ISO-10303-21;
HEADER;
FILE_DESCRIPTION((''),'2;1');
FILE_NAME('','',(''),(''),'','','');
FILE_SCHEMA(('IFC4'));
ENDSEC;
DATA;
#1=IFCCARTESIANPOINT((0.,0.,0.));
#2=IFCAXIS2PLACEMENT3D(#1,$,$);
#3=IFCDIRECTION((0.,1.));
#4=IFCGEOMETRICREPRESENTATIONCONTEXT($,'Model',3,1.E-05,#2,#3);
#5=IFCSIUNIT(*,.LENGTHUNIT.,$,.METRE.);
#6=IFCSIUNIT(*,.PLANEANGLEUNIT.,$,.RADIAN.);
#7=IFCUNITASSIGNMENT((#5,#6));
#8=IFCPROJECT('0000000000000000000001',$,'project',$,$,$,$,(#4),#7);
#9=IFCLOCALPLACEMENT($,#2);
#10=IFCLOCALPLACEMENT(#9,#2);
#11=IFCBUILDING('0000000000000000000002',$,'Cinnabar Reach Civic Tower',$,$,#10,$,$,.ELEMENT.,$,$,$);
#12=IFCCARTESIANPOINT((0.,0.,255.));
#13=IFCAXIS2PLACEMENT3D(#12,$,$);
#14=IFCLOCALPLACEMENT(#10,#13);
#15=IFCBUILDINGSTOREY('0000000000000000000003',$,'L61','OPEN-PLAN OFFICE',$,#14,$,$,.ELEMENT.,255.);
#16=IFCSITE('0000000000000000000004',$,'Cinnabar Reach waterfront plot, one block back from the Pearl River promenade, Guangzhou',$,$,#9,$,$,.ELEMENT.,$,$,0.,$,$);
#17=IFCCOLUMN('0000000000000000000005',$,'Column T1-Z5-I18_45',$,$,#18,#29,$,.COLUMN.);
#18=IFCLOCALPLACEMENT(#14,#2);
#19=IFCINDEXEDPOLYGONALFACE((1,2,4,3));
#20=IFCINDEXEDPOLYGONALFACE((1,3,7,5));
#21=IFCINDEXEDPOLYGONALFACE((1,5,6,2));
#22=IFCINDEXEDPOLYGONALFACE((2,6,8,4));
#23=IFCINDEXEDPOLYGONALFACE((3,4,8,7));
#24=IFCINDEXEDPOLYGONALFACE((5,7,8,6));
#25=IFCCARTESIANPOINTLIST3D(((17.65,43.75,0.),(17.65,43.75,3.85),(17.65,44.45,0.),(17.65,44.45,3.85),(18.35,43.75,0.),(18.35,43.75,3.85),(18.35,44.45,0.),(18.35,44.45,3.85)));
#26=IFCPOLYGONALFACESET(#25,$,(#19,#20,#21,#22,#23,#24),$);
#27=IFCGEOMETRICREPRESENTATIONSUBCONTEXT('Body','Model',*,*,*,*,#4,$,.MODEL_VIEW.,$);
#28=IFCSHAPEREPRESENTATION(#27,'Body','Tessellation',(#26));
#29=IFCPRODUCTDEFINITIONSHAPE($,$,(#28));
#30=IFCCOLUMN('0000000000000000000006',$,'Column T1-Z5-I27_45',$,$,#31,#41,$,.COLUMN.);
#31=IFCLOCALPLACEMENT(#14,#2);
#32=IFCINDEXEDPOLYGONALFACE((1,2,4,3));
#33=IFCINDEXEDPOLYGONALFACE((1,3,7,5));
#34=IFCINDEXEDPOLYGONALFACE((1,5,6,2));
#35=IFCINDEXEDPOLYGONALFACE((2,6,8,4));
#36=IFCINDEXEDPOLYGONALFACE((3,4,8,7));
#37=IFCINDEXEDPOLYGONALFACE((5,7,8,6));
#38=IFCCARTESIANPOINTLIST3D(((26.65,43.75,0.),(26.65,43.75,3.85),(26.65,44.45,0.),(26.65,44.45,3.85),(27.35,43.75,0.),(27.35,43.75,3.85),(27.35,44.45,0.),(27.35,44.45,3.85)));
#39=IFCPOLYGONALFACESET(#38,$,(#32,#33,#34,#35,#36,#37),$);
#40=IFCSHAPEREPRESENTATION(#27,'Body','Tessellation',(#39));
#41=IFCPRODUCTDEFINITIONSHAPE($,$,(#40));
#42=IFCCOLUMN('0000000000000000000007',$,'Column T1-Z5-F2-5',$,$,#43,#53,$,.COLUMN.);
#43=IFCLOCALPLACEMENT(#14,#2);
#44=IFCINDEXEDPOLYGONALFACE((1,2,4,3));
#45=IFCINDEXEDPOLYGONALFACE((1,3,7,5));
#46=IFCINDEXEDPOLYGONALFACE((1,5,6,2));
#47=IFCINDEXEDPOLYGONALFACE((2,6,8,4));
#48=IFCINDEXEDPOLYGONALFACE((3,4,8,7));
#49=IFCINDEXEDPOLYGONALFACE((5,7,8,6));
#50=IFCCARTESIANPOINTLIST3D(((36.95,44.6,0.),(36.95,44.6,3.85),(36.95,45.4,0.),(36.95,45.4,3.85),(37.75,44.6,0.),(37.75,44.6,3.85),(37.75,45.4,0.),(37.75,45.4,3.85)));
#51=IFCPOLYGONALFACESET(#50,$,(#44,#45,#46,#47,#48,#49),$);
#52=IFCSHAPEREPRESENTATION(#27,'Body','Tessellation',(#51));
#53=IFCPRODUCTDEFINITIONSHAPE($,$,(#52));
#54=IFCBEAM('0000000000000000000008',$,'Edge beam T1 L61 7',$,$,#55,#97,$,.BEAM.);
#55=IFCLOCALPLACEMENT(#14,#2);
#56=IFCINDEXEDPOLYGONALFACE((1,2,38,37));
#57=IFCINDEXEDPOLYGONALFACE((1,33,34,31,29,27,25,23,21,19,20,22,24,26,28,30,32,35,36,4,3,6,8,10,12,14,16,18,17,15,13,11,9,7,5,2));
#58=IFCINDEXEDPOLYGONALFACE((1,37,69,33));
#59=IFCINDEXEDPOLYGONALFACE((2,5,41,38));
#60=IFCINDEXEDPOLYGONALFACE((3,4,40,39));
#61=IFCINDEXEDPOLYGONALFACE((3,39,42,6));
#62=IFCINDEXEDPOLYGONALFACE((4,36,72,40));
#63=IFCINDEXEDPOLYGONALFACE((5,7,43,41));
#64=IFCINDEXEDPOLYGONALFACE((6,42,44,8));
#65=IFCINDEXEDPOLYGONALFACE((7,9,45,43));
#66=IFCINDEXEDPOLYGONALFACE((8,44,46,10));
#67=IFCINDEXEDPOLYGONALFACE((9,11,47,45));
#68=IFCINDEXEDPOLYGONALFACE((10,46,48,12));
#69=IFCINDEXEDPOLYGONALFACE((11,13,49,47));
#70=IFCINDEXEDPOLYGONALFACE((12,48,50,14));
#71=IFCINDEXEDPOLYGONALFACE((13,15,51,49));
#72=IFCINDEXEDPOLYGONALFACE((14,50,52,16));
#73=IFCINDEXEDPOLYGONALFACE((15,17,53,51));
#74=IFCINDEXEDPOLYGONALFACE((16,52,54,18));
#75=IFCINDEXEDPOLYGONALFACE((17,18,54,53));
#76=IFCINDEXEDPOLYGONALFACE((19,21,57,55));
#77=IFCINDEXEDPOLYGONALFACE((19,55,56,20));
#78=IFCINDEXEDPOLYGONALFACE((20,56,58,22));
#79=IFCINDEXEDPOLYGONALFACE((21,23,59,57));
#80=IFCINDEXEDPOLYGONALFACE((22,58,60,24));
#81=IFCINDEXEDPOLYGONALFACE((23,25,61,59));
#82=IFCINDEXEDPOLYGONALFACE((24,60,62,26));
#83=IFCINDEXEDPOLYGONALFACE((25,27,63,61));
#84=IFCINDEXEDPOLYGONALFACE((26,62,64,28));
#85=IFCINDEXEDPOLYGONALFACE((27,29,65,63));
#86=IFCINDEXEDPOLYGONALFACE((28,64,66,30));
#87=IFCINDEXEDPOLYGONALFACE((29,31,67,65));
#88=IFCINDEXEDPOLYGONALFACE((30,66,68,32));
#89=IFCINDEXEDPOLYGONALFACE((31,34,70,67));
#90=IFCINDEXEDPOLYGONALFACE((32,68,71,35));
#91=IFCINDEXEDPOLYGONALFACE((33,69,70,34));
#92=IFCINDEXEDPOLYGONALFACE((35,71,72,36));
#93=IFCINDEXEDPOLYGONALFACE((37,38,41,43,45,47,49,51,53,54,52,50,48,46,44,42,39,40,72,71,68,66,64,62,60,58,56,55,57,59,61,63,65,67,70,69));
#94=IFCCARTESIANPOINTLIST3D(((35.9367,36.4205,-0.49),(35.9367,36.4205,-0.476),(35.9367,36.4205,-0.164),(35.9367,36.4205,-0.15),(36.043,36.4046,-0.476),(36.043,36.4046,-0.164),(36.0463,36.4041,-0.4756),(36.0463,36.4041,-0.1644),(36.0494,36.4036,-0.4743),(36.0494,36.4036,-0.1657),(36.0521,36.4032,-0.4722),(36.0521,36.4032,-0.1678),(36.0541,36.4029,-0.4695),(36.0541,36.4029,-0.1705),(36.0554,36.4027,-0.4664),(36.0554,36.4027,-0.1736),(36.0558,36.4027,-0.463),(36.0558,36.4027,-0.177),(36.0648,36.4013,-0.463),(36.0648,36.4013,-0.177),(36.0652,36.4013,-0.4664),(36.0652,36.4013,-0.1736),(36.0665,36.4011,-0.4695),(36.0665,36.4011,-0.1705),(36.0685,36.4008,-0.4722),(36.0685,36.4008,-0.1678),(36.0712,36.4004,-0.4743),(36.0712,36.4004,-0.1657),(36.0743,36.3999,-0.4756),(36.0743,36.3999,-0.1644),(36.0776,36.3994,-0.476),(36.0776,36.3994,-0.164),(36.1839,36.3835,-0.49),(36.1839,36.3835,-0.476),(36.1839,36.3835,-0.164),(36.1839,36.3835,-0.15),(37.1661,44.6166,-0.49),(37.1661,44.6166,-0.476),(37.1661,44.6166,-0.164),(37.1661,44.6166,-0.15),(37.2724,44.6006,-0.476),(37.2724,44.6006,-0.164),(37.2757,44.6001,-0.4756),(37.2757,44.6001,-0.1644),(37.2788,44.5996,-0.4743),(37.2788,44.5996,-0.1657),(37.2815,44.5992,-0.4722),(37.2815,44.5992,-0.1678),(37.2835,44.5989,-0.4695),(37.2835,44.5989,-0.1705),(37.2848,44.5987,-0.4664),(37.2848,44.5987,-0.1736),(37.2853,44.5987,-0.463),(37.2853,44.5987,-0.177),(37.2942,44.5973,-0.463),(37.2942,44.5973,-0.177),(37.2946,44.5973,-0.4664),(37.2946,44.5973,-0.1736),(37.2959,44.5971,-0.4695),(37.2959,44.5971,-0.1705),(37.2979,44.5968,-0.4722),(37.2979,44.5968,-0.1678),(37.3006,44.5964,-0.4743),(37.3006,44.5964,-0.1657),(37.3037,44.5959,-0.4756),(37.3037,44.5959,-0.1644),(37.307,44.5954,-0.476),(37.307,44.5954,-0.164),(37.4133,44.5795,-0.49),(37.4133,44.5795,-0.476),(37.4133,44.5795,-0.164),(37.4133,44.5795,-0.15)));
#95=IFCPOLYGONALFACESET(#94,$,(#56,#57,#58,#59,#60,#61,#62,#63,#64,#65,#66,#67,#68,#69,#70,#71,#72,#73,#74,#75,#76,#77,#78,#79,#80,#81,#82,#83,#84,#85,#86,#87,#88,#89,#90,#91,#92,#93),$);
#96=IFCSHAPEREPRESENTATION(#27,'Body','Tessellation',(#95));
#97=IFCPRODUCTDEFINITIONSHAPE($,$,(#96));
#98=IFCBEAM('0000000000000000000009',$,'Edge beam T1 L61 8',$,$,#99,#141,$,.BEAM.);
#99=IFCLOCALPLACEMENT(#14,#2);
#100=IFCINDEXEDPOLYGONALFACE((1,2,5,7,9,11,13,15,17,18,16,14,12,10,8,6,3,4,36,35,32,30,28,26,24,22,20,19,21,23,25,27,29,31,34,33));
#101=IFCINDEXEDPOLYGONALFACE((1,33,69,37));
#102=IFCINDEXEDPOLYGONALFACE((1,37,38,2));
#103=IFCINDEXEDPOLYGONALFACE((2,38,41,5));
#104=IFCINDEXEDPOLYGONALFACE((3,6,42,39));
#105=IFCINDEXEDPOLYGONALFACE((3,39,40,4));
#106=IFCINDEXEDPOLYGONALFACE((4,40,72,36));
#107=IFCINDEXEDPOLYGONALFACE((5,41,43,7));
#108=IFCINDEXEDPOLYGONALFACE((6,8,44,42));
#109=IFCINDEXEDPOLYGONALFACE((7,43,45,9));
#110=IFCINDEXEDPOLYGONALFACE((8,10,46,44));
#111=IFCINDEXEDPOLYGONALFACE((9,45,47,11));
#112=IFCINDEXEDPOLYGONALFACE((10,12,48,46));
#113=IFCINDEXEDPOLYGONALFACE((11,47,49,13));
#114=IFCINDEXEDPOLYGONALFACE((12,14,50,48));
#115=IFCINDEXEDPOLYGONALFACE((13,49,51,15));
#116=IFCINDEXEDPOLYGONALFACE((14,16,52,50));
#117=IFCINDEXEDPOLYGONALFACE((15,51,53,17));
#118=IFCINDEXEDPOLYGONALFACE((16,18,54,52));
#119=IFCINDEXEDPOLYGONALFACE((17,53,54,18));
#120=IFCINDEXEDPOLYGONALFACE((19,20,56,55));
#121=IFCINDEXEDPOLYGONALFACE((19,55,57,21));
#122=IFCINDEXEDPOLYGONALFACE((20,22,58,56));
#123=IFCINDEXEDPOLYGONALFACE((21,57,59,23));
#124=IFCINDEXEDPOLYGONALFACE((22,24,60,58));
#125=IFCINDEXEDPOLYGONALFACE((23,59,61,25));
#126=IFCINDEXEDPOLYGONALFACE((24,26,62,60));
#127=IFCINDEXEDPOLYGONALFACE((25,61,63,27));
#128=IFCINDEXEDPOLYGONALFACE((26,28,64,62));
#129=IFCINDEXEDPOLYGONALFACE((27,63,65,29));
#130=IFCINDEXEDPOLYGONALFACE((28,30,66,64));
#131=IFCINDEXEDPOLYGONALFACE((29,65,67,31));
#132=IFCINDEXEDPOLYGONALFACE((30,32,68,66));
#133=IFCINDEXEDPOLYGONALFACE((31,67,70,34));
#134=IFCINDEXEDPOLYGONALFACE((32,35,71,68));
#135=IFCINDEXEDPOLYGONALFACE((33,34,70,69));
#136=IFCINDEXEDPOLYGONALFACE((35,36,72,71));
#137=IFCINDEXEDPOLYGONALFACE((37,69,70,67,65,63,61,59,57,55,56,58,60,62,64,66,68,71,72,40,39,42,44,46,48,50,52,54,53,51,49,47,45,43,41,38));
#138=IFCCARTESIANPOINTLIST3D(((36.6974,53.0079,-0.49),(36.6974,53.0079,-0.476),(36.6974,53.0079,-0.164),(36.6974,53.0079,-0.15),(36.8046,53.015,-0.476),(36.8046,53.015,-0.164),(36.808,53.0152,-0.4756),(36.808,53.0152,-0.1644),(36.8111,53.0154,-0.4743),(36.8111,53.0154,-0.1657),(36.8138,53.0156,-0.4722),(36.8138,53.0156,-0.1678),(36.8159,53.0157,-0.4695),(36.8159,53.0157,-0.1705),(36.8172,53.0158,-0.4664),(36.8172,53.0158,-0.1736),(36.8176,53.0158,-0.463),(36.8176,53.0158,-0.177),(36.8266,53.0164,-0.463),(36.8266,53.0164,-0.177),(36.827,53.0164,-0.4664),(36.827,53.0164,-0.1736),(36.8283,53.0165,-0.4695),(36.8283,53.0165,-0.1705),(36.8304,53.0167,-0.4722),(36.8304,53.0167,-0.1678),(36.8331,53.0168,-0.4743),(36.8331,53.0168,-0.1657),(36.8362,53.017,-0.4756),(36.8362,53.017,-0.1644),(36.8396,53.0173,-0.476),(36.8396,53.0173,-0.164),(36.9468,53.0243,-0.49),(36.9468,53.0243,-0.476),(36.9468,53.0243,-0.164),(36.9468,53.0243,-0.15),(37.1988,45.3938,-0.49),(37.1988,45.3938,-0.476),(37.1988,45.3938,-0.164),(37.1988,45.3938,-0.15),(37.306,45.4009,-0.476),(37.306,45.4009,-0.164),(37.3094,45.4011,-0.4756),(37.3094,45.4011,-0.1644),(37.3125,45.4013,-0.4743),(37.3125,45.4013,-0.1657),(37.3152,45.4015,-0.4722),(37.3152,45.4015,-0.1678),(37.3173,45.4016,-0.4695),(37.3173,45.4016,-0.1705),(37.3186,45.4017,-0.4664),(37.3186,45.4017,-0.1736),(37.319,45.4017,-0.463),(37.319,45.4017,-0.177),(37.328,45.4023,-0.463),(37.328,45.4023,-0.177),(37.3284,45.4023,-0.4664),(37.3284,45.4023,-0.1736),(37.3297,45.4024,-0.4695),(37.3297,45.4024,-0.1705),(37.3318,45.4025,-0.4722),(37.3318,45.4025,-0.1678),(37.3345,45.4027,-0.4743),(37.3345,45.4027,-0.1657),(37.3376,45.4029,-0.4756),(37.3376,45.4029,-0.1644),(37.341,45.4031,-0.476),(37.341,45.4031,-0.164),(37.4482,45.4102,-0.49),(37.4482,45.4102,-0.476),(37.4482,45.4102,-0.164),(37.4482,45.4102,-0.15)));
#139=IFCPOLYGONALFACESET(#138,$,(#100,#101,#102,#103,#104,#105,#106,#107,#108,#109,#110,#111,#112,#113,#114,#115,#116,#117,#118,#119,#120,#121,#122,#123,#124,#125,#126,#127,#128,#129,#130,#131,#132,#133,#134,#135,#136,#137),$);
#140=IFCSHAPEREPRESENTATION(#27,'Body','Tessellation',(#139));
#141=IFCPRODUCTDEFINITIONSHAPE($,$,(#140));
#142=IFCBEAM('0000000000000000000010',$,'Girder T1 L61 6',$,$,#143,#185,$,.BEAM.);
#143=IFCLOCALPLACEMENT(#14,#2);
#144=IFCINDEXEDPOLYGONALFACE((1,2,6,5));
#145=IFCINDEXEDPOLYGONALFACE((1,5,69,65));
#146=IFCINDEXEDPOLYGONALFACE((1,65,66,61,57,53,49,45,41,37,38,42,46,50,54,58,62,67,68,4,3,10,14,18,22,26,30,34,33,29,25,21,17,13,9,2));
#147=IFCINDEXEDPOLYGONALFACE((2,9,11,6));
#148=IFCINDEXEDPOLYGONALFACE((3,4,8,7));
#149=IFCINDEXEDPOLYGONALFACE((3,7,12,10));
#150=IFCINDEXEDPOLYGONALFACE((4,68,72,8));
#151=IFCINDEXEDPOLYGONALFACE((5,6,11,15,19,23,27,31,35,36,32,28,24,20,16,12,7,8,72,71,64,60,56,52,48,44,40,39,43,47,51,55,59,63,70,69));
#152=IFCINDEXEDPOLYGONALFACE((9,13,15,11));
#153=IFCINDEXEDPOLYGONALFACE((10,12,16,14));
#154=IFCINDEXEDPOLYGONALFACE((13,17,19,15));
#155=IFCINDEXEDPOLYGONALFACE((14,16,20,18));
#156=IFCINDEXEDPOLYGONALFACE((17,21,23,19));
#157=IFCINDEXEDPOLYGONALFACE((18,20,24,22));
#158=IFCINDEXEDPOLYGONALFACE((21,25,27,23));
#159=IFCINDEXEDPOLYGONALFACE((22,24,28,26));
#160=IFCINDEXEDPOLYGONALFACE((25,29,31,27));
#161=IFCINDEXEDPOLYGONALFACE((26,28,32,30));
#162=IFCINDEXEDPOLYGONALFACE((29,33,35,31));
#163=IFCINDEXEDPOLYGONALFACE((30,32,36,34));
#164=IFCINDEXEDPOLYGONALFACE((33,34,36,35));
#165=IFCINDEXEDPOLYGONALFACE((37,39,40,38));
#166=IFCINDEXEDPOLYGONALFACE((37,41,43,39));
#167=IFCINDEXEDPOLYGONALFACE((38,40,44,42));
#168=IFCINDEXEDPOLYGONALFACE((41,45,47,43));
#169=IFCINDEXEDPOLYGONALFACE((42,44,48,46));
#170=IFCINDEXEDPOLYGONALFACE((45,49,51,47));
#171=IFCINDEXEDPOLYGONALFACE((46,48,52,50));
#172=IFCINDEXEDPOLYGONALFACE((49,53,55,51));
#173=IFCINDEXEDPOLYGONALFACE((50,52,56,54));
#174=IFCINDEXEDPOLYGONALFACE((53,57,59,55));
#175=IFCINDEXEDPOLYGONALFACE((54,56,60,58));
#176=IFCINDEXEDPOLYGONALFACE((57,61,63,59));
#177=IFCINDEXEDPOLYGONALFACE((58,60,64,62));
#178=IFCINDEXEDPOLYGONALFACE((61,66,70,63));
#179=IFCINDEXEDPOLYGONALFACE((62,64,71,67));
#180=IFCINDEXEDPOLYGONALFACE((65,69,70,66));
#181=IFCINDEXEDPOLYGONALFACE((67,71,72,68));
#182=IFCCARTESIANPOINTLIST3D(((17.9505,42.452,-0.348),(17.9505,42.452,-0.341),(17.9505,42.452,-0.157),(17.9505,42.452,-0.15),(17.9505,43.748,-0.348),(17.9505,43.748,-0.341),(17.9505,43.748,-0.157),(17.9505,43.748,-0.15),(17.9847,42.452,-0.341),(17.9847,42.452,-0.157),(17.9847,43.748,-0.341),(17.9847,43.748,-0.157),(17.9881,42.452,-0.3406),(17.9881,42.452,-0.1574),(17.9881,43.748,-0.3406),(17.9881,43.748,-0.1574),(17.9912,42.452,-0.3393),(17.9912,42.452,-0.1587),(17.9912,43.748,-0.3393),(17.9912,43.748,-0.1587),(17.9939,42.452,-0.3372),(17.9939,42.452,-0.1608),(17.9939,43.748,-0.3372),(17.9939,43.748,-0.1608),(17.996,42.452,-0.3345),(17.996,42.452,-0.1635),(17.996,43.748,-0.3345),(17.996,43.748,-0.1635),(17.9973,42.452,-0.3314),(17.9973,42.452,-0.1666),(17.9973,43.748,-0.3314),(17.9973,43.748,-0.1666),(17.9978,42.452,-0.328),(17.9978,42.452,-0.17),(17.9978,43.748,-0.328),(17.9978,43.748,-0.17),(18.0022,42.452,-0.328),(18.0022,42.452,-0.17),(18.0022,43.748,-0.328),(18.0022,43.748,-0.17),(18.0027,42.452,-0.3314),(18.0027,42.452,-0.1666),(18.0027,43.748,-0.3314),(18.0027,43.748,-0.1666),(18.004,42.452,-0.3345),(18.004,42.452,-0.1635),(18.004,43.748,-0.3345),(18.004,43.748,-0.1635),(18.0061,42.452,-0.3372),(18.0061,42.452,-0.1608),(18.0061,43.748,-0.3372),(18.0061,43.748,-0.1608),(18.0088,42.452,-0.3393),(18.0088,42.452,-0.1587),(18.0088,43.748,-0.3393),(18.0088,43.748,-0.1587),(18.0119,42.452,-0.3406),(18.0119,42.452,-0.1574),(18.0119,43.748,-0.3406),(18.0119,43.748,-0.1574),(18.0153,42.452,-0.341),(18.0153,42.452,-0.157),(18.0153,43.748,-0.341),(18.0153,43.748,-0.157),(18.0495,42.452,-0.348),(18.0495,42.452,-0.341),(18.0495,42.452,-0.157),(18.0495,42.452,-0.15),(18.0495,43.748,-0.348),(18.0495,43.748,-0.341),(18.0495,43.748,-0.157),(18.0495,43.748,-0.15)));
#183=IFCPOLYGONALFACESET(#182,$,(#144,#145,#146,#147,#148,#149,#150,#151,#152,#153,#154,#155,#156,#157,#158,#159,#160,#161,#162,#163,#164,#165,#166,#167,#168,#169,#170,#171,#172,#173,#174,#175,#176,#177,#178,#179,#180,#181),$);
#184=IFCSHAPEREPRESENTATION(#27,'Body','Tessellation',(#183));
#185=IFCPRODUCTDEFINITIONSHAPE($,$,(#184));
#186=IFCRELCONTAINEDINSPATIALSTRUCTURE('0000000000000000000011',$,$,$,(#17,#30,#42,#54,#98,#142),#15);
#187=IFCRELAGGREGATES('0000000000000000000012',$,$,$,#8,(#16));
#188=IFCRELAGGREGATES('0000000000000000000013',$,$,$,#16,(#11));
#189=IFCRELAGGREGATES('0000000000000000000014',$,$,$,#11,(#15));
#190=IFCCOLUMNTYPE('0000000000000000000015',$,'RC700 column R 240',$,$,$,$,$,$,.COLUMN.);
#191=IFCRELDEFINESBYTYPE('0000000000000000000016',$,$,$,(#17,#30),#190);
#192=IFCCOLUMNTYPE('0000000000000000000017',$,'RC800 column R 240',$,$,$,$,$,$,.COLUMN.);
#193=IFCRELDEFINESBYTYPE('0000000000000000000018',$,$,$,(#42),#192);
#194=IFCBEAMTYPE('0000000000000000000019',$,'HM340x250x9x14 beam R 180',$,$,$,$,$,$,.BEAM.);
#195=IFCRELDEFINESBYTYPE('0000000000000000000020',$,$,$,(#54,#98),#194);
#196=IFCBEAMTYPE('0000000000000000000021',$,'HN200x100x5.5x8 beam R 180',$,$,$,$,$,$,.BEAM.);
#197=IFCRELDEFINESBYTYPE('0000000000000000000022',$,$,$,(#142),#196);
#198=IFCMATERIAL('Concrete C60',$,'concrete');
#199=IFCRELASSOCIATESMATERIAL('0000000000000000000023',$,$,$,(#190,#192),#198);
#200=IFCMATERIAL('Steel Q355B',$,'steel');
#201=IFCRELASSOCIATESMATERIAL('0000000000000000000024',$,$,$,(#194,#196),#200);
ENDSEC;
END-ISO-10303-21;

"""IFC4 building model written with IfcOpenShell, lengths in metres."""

from ifc_helpers import new_model, si_unit, direction, frame, origin, origin_2d, place, context, subcontext, project, spatial, rectangle, i_section, extrude, material, material_profile, profile_set, type_object, element, save


model = new_model("IFC4")

# Units and contexts
model_context = context("Model", 3, precision=1e-05, world=origin(), true_north=direction((0.0, 1.0)))
body_context = subcontext(model_context, "Body", "Model", "MODEL_VIEW")
ifc_project = project(units=[si_unit("LENGTHUNIT", "METRE"), si_unit("PLANEANGLEUNIT", "RADIAN")], contexts=[model_context])

# Site, building, storey
site_placement = place(None, origin())
site = spatial("IfcSite", under=ifc_project, at=site_placement, Name="Cinnabar Reach waterfront plot, one block back from the Pearl River promenade, Guangzhou", CompositionType="ELEMENT", RefElevation=0.0)
building_placement = place(site_placement, origin())
building = spatial("IfcBuilding", under=site, at=building_placement, Name="Cinnabar Reach Civic Tower", CompositionType="ELEMENT")
storey_placement = place(building_placement, frame((0.0, 0.0, 255.0)))
storey = spatial("IfcBuildingStorey", under=building, at=storey_placement, Name="L61", Description="OPEN-PLAN OFFICE", CompositionType="ELEMENT", Elevation=255.0)

# Columns
ifc_material_1 = material(Name="Concrete C60", Category="concrete")
ifc_material_profile_1 = material_profile(ifc_material_1, rectangle(XDim=0.7, YDim=0.7, at=origin_2d()), Name="RC700")
ifc_profile_set_1 = profile_set([ifc_material_profile_1], Name="Concrete C60")
column_type_1 = type_object("IfcColumnType", Name="RC700 column R 240", PredefinedType="COLUMN", material=ifc_profile_set_1)
for number, where, z_axis, x_axis, name in (
    (1, (18.0, 44.1, 0.0), (0.0, 0.0, 1.0), (1.0, 0.0, 0.0), "Column T1-Z5-I18_45"),
    (2, (27.0, 44.1, 0.0), (0.0, 0.0, 1.0), (1.0, 0.0, 0.0), "Column T1-Z5-I27_45"),
):
    element("IfcColumn", number, at=place(storey_placement, frame(where, z_axis=z_axis, x_axis=x_axis)), inside=storey, type_object=column_type_1, Name=name, PredefinedType="COLUMN", context=body_context, shape_type="SweptSolid", body=[
        extrude(rectangle(XDim=0.7, YDim=0.7, at=origin_2d()), origin(), (0.0, 0.0, 1.0), 3.85),
    ])
ifc_material_profile_2 = material_profile(ifc_material_1, rectangle(XDim=0.8, YDim=0.8, at=origin_2d()), Name="RC800")
ifc_profile_set_2 = profile_set([ifc_material_profile_2], Name="Concrete C60")
column_type_2 = type_object("IfcColumnType", Name="RC800 column R 240", PredefinedType="COLUMN", material=ifc_profile_set_2)
column_placement = place(storey_placement, frame((37.35, 45.0, 0.0), z_axis=(0.0, 0.0, 1.0), x_axis=(1.0, 0.0, 0.0)))
element("IfcColumn", 3, at=column_placement, inside=storey, type_object=column_type_2, Name="Column T1-Z5-F2-5", PredefinedType="COLUMN", context=body_context, shape_type="SweptSolid", body=[
    extrude(rectangle(XDim=0.8, YDim=0.8, at=origin_2d()), origin(), (0.0, 0.0, 1.0), 3.85),
])

# Beams
ifc_material_2 = material(Name="Steel Q355B", Category="steel")
ifc_material_profile_3 = material_profile(ifc_material_2, i_section(OverallWidth=0.25, OverallDepth=0.34, WebThickness=0.009, FlangeThickness=0.014, FilletRadius=0.013, at=origin_2d()), Name="HM340x250x9x14")
ifc_profile_set_3 = profile_set([ifc_material_profile_3], Name="Steel Q355B")
beam_type_1 = type_object("IfcBeamType", Name="HM340x250x9x14 beam R 180", PredefinedType="BEAM", material=ifc_profile_set_3)
beam_1_placement = place(storey_placement, frame((36.0603, 36.402, -0.32), z_axis=(0.14834, 0.988936, 0.0), x_axis=(-0.988936, 0.14834, 0.0)))
element("IfcBeam", 4, at=beam_1_placement, inside=storey, type_object=beam_type_1, Name="Edge beam T1 L61 7", PredefinedType="BEAM", context=body_context, shape_type="SweptSolid", body=[
    extrude(i_section(OverallWidth=0.25, OverallDepth=0.34, WebThickness=0.009, FlangeThickness=0.014, FilletRadius=0.013, at=origin_2d()), origin(), (0.0, 0.0, 1.0), 8.2877),
])
beam_2_placement = place(storey_placement, frame((37.3235, 45.402, -0.32), z_axis=(-0.065709, 0.997839, 0.0), x_axis=(-0.997839, -0.065709, 0.0)))
element("IfcBeam", 5, at=beam_2_placement, inside=storey, type_object=beam_type_1, Name="Edge beam T1 L61 8", PredefinedType="BEAM", context=body_context, shape_type="SweptSolid", body=[
    extrude(i_section(OverallWidth=0.25, OverallDepth=0.34, WebThickness=0.009, FlangeThickness=0.014, FilletRadius=0.013, at=origin_2d()), origin(), (0.0, 0.0, 1.0), 7.6306),
])
ifc_material_profile_4 = material_profile(ifc_material_2, i_section(OverallWidth=0.099, OverallDepth=0.198, WebThickness=0.0045, FlangeThickness=0.007, FilletRadius=0.013, at=origin_2d()), Name="HN200x100x5.5x8")
ifc_profile_set_4 = profile_set([ifc_material_profile_4], Name="Steel Q355B")
beam_type_2 = type_object("IfcBeamType", Name="HN200x100x5.5x8 beam R 180", PredefinedType="BEAM", material=ifc_profile_set_4)
beam_3_placement = place(storey_placement, frame((18.0, 42.452, -0.249), z_axis=(0.0, 1.0, 0.0), x_axis=(-1.0, 0.0, 0.0)))
element("IfcBeam", 6, at=beam_3_placement, inside=storey, type_object=beam_type_2, Name="Girder T1 L61 6", PredefinedType="BEAM", context=body_context, shape_type="SweptSolid", body=[
    extrude(i_section(OverallWidth=0.099, OverallDepth=0.198, WebThickness=0.0045, FlangeThickness=0.007, FilletRadius=0.013, at=origin_2d()), origin(), (0.0, 0.0, 1.0), 1.296),
])

save(model, "model.ifc")
